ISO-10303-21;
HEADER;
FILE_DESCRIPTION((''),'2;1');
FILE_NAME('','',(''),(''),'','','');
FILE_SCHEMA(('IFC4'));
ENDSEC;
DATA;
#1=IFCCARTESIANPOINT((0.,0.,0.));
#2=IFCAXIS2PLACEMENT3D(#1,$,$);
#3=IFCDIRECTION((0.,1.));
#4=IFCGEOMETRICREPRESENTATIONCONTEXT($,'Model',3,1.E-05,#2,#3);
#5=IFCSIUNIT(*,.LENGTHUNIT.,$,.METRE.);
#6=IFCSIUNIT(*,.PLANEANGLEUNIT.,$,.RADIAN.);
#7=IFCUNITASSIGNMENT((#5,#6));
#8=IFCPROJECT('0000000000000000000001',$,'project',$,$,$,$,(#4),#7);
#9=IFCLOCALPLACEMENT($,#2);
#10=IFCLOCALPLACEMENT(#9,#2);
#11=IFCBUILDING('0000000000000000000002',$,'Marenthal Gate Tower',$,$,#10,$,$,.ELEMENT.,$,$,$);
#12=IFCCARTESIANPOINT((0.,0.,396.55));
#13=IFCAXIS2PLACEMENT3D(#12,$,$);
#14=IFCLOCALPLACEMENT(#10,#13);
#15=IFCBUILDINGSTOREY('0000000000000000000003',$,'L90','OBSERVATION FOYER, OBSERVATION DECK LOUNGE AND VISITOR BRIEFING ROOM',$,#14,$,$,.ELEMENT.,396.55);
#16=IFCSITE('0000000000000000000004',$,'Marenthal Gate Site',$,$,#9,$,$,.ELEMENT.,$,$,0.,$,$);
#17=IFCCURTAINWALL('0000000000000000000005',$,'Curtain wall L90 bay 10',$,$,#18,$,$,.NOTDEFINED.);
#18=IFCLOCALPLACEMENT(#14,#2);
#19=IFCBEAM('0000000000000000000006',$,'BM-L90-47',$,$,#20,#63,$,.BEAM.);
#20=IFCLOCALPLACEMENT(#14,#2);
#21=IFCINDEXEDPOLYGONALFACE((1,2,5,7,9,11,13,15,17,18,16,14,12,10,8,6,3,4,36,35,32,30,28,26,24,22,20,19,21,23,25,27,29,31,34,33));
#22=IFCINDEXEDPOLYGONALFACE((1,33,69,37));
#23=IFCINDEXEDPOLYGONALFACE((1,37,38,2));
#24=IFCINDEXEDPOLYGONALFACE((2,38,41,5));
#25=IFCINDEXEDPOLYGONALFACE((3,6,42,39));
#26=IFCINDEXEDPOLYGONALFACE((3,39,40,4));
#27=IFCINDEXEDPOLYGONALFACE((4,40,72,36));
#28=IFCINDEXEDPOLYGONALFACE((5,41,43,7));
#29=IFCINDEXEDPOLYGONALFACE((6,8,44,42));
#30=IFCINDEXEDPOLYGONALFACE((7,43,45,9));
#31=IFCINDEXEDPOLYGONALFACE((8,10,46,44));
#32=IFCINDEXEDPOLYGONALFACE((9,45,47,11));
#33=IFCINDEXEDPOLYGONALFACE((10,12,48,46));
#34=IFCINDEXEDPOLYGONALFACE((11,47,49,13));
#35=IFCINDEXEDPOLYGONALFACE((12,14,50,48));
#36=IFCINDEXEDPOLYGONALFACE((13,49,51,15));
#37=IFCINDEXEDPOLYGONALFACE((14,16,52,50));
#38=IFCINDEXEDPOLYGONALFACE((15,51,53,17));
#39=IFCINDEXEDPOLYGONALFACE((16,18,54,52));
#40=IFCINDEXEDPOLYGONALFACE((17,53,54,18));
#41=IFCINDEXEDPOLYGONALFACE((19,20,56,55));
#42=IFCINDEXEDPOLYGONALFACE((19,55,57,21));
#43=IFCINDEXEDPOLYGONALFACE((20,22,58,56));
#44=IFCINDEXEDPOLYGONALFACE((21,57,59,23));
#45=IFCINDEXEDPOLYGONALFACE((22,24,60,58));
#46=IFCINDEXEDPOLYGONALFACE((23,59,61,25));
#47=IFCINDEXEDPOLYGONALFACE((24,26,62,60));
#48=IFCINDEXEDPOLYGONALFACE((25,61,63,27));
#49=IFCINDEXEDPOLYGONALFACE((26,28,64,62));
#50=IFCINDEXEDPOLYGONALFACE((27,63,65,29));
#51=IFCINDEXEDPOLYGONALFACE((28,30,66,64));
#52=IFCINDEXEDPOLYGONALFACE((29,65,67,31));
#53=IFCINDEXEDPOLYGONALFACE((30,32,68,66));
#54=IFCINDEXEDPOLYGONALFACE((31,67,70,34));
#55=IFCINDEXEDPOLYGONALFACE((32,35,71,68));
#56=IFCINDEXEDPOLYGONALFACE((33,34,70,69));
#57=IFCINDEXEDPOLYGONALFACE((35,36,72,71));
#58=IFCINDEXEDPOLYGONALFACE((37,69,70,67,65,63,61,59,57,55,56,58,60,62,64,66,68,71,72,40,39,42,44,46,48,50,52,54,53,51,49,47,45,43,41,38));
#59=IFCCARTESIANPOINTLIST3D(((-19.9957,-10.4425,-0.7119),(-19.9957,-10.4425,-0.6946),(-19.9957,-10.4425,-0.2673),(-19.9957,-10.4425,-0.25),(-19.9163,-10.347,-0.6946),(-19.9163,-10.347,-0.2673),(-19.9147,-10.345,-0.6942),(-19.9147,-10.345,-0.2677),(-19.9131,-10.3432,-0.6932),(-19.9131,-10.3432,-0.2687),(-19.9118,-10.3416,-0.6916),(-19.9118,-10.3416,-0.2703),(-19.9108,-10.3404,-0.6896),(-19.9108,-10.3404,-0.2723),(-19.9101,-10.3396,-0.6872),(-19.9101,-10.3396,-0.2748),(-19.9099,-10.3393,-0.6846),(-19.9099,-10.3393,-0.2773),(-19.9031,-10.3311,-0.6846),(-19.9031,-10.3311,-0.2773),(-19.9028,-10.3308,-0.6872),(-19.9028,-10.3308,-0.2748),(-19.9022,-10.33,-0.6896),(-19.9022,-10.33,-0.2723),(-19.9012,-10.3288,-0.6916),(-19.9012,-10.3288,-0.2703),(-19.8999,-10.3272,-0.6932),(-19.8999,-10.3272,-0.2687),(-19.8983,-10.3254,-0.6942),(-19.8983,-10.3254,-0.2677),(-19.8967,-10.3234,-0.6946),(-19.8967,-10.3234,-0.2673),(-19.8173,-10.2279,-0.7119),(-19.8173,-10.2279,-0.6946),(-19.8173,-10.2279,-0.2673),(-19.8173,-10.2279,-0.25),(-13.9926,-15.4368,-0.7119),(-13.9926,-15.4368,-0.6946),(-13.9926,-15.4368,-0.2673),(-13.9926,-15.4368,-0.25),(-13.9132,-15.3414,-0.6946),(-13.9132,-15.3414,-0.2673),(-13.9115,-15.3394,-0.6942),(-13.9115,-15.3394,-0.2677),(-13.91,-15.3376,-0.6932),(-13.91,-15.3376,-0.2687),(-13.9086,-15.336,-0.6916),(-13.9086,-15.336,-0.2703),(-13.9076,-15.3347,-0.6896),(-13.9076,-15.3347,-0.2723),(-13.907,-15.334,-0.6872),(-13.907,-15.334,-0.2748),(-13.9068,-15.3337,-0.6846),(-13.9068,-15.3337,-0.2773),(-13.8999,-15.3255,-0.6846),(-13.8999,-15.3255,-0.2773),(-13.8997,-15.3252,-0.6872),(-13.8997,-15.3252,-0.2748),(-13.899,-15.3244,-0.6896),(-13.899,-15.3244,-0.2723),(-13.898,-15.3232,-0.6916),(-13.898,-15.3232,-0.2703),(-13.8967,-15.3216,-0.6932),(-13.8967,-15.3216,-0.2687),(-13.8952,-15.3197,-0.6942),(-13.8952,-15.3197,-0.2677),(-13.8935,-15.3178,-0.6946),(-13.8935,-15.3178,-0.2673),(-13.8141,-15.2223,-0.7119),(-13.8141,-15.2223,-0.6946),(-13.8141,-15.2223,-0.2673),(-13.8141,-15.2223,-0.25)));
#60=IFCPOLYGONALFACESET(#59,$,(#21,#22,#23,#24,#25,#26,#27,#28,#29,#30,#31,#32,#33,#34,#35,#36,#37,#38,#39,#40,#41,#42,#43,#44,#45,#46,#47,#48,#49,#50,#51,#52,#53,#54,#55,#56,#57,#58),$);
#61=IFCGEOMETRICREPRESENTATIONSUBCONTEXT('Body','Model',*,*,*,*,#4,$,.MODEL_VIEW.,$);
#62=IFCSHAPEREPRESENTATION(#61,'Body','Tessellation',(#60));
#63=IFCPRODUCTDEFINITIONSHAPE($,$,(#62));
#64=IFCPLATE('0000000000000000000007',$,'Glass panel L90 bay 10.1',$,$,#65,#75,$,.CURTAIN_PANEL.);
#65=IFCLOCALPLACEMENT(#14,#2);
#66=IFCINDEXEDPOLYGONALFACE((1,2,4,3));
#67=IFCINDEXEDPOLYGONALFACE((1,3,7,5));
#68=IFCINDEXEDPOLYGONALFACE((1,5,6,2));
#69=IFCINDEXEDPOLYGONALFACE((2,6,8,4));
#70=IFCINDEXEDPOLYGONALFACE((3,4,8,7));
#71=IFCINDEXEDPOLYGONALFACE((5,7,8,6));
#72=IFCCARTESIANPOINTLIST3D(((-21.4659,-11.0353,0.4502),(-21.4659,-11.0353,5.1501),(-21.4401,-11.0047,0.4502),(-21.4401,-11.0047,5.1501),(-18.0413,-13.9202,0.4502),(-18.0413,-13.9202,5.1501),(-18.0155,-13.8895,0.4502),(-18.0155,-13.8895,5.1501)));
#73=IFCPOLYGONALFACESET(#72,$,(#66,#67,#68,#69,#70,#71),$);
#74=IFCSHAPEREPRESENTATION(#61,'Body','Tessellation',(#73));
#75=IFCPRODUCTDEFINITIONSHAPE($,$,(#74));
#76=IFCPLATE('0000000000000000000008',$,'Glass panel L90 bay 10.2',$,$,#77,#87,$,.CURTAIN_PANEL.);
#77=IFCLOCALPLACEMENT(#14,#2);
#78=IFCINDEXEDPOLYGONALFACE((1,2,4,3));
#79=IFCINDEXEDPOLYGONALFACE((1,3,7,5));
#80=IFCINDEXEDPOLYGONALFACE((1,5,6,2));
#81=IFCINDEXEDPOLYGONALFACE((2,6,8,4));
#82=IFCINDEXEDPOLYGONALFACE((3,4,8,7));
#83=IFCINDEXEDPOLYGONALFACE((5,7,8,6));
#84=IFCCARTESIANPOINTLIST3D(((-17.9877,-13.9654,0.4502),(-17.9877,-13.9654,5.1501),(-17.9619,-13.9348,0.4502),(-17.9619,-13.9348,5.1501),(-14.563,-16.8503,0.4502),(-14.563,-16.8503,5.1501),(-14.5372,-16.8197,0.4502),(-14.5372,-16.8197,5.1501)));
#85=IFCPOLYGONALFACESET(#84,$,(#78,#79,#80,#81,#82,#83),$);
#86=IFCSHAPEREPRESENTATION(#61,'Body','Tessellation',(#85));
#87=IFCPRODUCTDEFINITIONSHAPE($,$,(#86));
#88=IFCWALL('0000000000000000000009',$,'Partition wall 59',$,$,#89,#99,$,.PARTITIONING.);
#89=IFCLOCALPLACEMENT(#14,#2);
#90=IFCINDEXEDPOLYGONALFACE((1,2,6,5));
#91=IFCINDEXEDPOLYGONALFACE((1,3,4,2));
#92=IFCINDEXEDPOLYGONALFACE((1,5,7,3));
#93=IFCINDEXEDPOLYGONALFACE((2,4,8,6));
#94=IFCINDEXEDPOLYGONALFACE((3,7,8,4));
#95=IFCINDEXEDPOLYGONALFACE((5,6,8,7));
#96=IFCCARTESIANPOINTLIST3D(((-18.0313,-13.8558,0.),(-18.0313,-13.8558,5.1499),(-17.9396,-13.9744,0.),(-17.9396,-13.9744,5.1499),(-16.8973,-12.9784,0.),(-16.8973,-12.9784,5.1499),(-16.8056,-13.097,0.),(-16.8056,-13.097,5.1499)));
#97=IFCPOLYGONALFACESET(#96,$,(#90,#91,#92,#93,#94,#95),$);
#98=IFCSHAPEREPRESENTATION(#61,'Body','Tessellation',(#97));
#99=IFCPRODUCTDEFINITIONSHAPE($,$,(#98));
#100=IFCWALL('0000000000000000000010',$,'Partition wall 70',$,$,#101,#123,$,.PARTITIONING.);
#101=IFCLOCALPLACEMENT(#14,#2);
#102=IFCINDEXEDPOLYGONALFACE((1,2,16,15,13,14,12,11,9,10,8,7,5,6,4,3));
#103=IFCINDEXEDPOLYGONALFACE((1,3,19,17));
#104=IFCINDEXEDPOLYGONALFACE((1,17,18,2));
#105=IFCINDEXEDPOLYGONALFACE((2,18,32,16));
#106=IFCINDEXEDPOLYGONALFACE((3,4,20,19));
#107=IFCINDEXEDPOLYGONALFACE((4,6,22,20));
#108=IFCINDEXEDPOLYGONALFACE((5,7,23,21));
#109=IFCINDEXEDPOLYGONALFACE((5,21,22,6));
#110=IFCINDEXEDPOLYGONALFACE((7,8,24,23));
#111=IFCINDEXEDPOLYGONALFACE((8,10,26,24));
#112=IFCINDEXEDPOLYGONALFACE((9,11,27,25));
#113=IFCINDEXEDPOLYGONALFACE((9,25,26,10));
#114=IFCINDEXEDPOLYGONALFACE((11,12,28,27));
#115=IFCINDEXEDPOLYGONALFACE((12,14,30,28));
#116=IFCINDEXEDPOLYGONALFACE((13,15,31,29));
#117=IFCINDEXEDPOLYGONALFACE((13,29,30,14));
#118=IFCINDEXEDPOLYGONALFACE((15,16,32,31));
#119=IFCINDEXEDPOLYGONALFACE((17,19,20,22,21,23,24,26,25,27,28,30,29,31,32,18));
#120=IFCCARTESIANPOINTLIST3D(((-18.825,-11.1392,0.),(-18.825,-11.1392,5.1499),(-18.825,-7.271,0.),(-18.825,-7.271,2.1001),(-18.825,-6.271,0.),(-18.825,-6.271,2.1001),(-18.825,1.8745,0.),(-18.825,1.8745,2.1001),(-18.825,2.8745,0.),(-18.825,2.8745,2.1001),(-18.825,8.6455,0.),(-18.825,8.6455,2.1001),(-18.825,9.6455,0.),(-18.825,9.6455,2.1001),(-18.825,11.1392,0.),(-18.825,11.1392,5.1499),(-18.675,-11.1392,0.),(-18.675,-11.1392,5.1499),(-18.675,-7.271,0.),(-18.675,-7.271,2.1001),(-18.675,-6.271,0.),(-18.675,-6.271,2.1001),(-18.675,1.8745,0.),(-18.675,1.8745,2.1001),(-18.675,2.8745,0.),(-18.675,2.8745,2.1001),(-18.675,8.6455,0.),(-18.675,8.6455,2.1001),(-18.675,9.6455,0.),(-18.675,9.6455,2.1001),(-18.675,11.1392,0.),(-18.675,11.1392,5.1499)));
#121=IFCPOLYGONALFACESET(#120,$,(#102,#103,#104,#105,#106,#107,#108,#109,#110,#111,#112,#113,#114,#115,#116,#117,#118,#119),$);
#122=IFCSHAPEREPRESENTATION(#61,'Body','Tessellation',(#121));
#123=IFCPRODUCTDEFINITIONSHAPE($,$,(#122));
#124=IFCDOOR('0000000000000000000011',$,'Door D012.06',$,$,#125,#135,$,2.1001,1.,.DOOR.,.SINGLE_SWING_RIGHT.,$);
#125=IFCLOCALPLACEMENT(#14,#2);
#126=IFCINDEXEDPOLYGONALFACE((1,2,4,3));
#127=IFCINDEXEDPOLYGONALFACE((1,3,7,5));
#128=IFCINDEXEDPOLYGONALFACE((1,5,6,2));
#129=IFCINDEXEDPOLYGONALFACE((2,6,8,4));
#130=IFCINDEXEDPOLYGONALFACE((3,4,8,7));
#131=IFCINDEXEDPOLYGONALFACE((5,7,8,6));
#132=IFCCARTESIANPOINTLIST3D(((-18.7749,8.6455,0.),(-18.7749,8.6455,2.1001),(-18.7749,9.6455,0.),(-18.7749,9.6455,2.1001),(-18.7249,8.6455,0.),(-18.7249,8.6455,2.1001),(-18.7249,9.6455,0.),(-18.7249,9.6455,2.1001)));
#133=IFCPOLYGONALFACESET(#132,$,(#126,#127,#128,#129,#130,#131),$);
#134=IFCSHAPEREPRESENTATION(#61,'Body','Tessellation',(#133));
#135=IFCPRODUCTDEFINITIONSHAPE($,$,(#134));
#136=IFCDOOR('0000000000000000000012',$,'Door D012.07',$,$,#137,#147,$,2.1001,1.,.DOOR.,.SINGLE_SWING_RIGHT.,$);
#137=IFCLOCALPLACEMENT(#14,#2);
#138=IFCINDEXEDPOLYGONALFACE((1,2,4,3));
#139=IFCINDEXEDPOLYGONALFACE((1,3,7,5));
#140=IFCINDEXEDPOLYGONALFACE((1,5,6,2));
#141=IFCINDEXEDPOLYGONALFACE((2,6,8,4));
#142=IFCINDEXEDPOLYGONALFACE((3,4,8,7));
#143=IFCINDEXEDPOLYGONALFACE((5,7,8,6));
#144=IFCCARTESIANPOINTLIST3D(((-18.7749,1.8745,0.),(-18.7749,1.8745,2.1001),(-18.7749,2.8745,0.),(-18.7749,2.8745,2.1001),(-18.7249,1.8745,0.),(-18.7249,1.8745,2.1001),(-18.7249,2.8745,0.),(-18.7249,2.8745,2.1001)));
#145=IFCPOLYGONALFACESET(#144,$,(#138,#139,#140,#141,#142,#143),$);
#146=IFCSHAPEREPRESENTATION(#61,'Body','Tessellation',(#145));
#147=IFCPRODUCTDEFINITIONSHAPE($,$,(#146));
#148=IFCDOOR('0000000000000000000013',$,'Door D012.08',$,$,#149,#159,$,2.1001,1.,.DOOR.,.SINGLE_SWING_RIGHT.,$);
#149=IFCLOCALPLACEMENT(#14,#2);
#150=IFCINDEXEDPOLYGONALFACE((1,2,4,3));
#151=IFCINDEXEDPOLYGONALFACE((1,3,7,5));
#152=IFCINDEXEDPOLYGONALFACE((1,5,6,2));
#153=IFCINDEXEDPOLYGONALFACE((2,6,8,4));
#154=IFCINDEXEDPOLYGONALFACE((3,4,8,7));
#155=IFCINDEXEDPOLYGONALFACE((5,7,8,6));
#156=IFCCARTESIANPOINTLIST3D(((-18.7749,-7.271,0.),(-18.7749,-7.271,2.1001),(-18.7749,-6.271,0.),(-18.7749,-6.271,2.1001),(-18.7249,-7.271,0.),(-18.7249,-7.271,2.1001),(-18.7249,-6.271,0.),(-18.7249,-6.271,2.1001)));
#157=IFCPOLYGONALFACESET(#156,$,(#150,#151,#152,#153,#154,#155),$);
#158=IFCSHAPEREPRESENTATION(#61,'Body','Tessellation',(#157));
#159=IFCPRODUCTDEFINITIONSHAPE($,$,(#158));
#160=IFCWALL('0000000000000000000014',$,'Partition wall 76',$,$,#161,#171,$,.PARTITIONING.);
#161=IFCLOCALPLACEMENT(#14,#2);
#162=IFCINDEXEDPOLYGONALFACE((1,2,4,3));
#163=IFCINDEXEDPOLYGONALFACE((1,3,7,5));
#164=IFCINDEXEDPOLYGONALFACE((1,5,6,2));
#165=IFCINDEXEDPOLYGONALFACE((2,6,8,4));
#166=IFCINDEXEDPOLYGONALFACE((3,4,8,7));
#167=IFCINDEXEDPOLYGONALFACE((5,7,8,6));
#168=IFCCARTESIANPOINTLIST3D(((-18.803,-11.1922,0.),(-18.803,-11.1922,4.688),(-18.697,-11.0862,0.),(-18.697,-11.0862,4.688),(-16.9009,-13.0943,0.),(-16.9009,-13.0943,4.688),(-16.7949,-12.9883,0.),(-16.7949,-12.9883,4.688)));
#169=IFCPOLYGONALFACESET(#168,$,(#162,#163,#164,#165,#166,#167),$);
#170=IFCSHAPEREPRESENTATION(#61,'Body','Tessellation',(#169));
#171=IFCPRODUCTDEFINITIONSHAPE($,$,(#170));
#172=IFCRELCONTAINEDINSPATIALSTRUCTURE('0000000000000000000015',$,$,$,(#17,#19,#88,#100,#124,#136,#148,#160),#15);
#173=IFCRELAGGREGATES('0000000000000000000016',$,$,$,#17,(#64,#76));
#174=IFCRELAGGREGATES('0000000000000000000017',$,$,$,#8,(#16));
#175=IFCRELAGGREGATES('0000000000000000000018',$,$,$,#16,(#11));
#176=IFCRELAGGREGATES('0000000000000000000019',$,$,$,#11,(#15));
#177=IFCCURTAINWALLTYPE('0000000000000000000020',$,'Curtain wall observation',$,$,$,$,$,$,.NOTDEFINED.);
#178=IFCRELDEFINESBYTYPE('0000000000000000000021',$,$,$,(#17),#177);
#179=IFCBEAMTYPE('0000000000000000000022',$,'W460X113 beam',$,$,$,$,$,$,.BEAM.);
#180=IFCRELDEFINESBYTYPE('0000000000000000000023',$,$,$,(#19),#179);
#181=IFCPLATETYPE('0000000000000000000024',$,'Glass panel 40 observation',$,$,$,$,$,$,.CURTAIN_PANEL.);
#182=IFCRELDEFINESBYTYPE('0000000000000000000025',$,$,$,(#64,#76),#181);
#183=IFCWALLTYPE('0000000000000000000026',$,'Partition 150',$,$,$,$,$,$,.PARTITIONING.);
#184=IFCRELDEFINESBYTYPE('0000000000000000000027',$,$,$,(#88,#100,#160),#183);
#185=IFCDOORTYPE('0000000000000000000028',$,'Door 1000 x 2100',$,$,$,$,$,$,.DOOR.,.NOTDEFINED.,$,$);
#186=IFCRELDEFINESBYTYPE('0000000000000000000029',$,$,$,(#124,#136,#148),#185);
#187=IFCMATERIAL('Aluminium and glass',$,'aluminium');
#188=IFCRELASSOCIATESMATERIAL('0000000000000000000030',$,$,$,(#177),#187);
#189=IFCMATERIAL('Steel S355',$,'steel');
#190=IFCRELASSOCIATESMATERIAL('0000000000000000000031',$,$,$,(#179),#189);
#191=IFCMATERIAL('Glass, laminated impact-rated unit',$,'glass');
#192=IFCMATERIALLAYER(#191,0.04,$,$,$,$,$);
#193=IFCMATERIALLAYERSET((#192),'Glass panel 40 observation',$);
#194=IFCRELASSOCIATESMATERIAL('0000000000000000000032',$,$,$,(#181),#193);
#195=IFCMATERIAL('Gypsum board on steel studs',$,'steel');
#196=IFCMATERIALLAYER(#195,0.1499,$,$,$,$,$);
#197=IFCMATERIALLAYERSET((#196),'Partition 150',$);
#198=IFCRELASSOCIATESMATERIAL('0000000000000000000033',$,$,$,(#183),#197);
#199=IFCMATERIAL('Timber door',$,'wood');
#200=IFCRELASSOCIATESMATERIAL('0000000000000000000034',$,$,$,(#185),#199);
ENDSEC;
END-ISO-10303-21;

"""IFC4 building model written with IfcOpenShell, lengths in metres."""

from ifc_helpers import new_model, si_unit, direction, frame, frame_2d, origin, origin_2d, place, context, subcontext, project, spatial, rectangle, i_section, extrude, material, layer, layer_set, material_profile, profile_set, type_object, element, fill, aggregate, save


model = new_model("IFC4")

# Units and contexts
model_context = context("Model", 3, precision=1e-05, world=origin(), true_north=direction((0.0, 1.0)))
body_context = subcontext(model_context, "Body", "Model", "MODEL_VIEW")
ifc_project = project(units=[si_unit("LENGTHUNIT", "METRE"), si_unit("PLANEANGLEUNIT", "RADIAN")], contexts=[model_context])

# Site, building, storey
site_placement = place(None, origin())
site = spatial("IfcSite", under=ifc_project, at=site_placement, Name="Marenthal Gate Site", CompositionType="ELEMENT", RefElevation=0.0)
building_placement = place(site_placement, origin())
building = spatial("IfcBuilding", under=site, at=building_placement, Name="Marenthal Gate Tower", CompositionType="ELEMENT")
storey_placement = place(building_placement, frame((0.0, 0.0, 396.55)))
storey = spatial("IfcBuildingStorey", under=building, at=storey_placement, Name="L90", Description="OBSERVATION FOYER, OBSERVATION DECK LOUNGE AND VISITOR BRIEFING ROOM", CompositionType="ELEMENT", Elevation=396.55)

# Shared definitions
ifc_material_1 = material(Name="Aluminium and glass", Category="aluminium")
curtain_wall_type = type_object("IfcCurtainWallType", Name="Curtain wall observation", PredefinedType="NOTDEFINED", material=ifc_material_1)

# Curtain wall
curtain_wall_1_placement = place(storey_placement, origin())
curtain_wall_1 = element("IfcCurtainWall", 1, at=curtain_wall_1_placement, inside=storey, type_object=curtain_wall_type, Name="Curtain wall L90 bay 10", PredefinedType="NOTDEFINED")

# Beam
ifc_material_2 = material(Name="Steel S355", Category="steel")
ifc_material_profile_1 = material_profile(ifc_material_2, i_section(OverallWidth=0.2791, OverallDepth=0.4619, WebThickness=0.0107, FlangeThickness=0.0173, FilletRadius=0.01, at=origin_2d()), Name="W460X113")
ifc_profile_set_1 = profile_set([ifc_material_profile_1], Name="Steel S355")
beam_type_1 = type_object("IfcBeamType", Name="W460X113 beam", PredefinedType="BEAM", material=ifc_profile_set_1)
beam_1_placement = place(storey_placement, frame((-19.9065, -10.3352, -0.481), z_axis=(0.768741, -0.63956, 0.0), x_axis=(0.63956, 0.768741, 0.0)))
element("IfcBeam", 2, at=beam_1_placement, inside=storey, type_object=beam_type_1, Name="BM-L90-47", PredefinedType="BEAM", context=body_context, shape_type="SweptSolid", body=[
    extrude(i_section(OverallWidth=0.2791, OverallDepth=0.4619, WebThickness=0.0107, FlangeThickness=0.0173, FilletRadius=0.01, at=origin_2d()), origin(), (0.0, 0.0, 1.0), 7.8091),
])

# Plates
ifc_material_3 = material(Name="Glass, laminated impact-rated unit", Category="glass")
ifc_layer_1 = layer(ifc_material_3, 0.04)
ifc_layer_set_1 = layer_set([ifc_layer_1], Name="Glass panel 40 observation")
plate_type = type_object("IfcPlateType", Name="Glass panel 40 observation", PredefinedType="CURTAIN_PANEL", material=ifc_layer_set_1)
plate_1_placement = place(storey_placement, frame((-19.7407, -12.4624, 0.4502), z_axis=(0.0, 0.0, 1.0), x_axis=(0.764802, -0.644265, 0.0)))
plate_1 = element("IfcPlate", 3, at=plate_1_placement, type_object=plate_type, Name="Glass panel L90 bay 10.1", PredefinedType="CURTAIN_PANEL", context=body_context, shape_type="SweptSolid", body=[
    extrude(rectangle(XDim=4.4778, YDim=0.04, at=origin_2d()), origin(), (0.0, 0.0, 1.0), 4.7),
])
plate_2_placement = place(storey_placement, frame((-16.2625, -15.3926, 0.4502), z_axis=(0.0, 0.0, 1.0), x_axis=(0.764802, -0.644265, 0.0)))
plate_2 = element("IfcPlate", 4, at=plate_2_placement, type_object=plate_type, Name="Glass panel L90 bay 10.2", PredefinedType="CURTAIN_PANEL", context=body_context, shape_type="SweptSolid", body=[
    extrude(rectangle(XDim=4.4778, YDim=0.04, at=origin_2d()), origin(), (0.0, 0.0, 1.0), 4.7),
])
aggregate(curtain_wall_1, [plate_1, plate_2])

# Wall
ifc_material_4 = material(Name="Gypsum board on steel studs", Category="steel")
ifc_layer_2 = layer(ifc_material_4, 0.1499)
ifc_layer_set_2 = layer_set([ifc_layer_2], Name="Partition 150")
wall_type_1 = type_object("IfcWallType", Name="Partition 150", PredefinedType="PARTITIONING", material=ifc_layer_set_2)
wall_1_placement = place(storey_placement, frame((-17.9854, -13.915, 0.0), z_axis=(0.0, 0.0, 1.0), x_axis=(0.790899, 0.611947, 0.0)))
element("IfcWall", 5, at=wall_1_placement, inside=storey, type_object=wall_type_1, Name="Partition wall 59", PredefinedType="PARTITIONING", context=body_context, shape_type="SweptSolid", body=[
    extrude(rectangle(XDim=1.4338, YDim=0.1499, at=frame_2d((0.7168, 0.0))), origin(), (0.0, 0.0, 1.0), 5.1499),
])

# Wall, openings, doors
wall_2_placement = place(storey_placement, frame((-18.75, -11.1392, 0.0), z_axis=(0.0, 0.0, 1.0), x_axis=(0.0, 1.0, 0.0)))
wall_2 = element("IfcWall", 6, at=wall_2_placement, inside=storey, type_object=wall_type_1, Name="Partition wall 70", PredefinedType="PARTITIONING", context=body_context, shape_type="SweptSolid", body=[
    extrude(rectangle(XDim=22.2783, YDim=0.1499, at=frame_2d((11.1392, 0.0))), origin(), (0.0, 0.0, 1.0), 5.1499),
])
opening_1_placement = place(wall_2_placement, frame((19.7847, 0.0, 0.0)))
opening_1 = element("IfcOpeningElement", 7, at=opening_1_placement, cuts=wall_2, PredefinedType="OPENING", context=body_context, shape_type="SweptSolid", body=[
    extrude(rectangle(XDim=1.0, YDim=2.1001, at=frame_2d((0.5, 1.05))), frame((0.0, 0.085, 0.0), z_axis=(0.0, -1.0, 0.0), x_axis=(1.0, 0.0, 0.0)), (0.0, 0.0, 1.0), 0.1699),
])
opening_2_placement = place(wall_2_placement, frame((13.0137, 0.0, 0.0)))
opening_2 = element("IfcOpeningElement", 8, at=opening_2_placement, cuts=wall_2, PredefinedType="OPENING", context=body_context, shape_type="SweptSolid", body=[
    extrude(rectangle(XDim=1.0, YDim=2.1001, at=frame_2d((0.5, 1.05))), frame((0.0, 0.085, 0.0), z_axis=(0.0, -1.0, 0.0), x_axis=(1.0, 0.0, 0.0)), (0.0, 0.0, 1.0), 0.1699),
])
opening_3_placement = place(wall_2_placement, frame((3.8682, 0.0, 0.0)))
opening_3 = element("IfcOpeningElement", 9, at=opening_3_placement, cuts=wall_2, PredefinedType="OPENING", context=body_context, shape_type="SweptSolid", body=[
    extrude(rectangle(XDim=1.0, YDim=2.1001, at=frame_2d((0.5, 1.05))), frame((0.0, 0.085, 0.0), z_axis=(0.0, -1.0, 0.0), x_axis=(1.0, 0.0, 0.0)), (0.0, 0.0, 1.0), 0.1699),
])
ifc_material_5 = material(Name="Timber door", Category="wood")
door_type_1 = type_object("IfcDoorType", Name="Door 1000 x 2100", OperationType="NOTDEFINED", PredefinedType="DOOR", material=ifc_material_5)
door_1_placement = place(opening_1_placement, origin())
door_1 = element("IfcDoor", 10, at=door_1_placement, inside=storey, type_object=door_type_1, Name="Door D012.06", OperationType="SINGLE_SWING_RIGHT", OverallHeight=2.1001, OverallWidth=1.0, PredefinedType="DOOR", context=body_context, shape_type="SweptSolid", body=[
    extrude(rectangle(XDim=1.0, YDim=2.1001, at=frame_2d((0.5, 1.05))), frame((0.0, 0.0249, 0.0), z_axis=(0.0, -1.0, 0.0), x_axis=(1.0, 0.0, 0.0)), (0.0, 0.0, 1.0), 0.05),
])
fill(opening_1, door_1)
door_2_placement = place(opening_2_placement, origin())
door_2 = element("IfcDoor", 11, at=door_2_placement, inside=storey, type_object=door_type_1, Name="Door D012.07", OperationType="SINGLE_SWING_RIGHT", OverallHeight=2.1001, OverallWidth=1.0, PredefinedType="DOOR", context=body_context, shape_type="SweptSolid", body=[
    extrude(rectangle(XDim=1.0, YDim=2.1001, at=frame_2d((0.5, 1.05))), frame((0.0, 0.0249, 0.0), z_axis=(0.0, -1.0, 0.0), x_axis=(1.0, 0.0, 0.0)), (0.0, 0.0, 1.0), 0.05),
])
fill(opening_2, door_2)
door_3_placement = place(opening_3_placement, origin())
door_3 = element("IfcDoor", 12, at=door_3_placement, inside=storey, type_object=door_type_1, Name="Door D012.08", OperationType="SINGLE_SWING_RIGHT", OverallHeight=2.1001, OverallWidth=1.0, PredefinedType="DOOR", context=body_context, shape_type="SweptSolid", body=[
    extrude(rectangle(XDim=1.0, YDim=2.1001, at=frame_2d((0.5, 1.05))), frame((0.0, 0.0249, 0.0), z_axis=(0.0, -1.0, 0.0), x_axis=(1.0, 0.0, 0.0)), (0.0, 0.0, 1.0), 0.05),
])
fill(opening_3, door_3)

# Wall
wall_3_placement = place(storey_placement, frame((-16.8479, -13.0413, 0.0), z_axis=(0.0, 0.0, 1.0), x_axis=(-0.707107, 0.707107, 0.0)))
element("IfcWall", 13, at=wall_3_placement, inside=storey, type_object=wall_type_1, Name="Partition wall 76", PredefinedType="PARTITIONING", context=body_context, shape_type="SweptSolid", body=[
    extrude(rectangle(XDim=2.6899, YDim=0.1499, at=frame_2d((1.345, 0.0))), origin(), (0.0, 0.0, 1.0), 4.688),
])

save(model, "model.ifc")
